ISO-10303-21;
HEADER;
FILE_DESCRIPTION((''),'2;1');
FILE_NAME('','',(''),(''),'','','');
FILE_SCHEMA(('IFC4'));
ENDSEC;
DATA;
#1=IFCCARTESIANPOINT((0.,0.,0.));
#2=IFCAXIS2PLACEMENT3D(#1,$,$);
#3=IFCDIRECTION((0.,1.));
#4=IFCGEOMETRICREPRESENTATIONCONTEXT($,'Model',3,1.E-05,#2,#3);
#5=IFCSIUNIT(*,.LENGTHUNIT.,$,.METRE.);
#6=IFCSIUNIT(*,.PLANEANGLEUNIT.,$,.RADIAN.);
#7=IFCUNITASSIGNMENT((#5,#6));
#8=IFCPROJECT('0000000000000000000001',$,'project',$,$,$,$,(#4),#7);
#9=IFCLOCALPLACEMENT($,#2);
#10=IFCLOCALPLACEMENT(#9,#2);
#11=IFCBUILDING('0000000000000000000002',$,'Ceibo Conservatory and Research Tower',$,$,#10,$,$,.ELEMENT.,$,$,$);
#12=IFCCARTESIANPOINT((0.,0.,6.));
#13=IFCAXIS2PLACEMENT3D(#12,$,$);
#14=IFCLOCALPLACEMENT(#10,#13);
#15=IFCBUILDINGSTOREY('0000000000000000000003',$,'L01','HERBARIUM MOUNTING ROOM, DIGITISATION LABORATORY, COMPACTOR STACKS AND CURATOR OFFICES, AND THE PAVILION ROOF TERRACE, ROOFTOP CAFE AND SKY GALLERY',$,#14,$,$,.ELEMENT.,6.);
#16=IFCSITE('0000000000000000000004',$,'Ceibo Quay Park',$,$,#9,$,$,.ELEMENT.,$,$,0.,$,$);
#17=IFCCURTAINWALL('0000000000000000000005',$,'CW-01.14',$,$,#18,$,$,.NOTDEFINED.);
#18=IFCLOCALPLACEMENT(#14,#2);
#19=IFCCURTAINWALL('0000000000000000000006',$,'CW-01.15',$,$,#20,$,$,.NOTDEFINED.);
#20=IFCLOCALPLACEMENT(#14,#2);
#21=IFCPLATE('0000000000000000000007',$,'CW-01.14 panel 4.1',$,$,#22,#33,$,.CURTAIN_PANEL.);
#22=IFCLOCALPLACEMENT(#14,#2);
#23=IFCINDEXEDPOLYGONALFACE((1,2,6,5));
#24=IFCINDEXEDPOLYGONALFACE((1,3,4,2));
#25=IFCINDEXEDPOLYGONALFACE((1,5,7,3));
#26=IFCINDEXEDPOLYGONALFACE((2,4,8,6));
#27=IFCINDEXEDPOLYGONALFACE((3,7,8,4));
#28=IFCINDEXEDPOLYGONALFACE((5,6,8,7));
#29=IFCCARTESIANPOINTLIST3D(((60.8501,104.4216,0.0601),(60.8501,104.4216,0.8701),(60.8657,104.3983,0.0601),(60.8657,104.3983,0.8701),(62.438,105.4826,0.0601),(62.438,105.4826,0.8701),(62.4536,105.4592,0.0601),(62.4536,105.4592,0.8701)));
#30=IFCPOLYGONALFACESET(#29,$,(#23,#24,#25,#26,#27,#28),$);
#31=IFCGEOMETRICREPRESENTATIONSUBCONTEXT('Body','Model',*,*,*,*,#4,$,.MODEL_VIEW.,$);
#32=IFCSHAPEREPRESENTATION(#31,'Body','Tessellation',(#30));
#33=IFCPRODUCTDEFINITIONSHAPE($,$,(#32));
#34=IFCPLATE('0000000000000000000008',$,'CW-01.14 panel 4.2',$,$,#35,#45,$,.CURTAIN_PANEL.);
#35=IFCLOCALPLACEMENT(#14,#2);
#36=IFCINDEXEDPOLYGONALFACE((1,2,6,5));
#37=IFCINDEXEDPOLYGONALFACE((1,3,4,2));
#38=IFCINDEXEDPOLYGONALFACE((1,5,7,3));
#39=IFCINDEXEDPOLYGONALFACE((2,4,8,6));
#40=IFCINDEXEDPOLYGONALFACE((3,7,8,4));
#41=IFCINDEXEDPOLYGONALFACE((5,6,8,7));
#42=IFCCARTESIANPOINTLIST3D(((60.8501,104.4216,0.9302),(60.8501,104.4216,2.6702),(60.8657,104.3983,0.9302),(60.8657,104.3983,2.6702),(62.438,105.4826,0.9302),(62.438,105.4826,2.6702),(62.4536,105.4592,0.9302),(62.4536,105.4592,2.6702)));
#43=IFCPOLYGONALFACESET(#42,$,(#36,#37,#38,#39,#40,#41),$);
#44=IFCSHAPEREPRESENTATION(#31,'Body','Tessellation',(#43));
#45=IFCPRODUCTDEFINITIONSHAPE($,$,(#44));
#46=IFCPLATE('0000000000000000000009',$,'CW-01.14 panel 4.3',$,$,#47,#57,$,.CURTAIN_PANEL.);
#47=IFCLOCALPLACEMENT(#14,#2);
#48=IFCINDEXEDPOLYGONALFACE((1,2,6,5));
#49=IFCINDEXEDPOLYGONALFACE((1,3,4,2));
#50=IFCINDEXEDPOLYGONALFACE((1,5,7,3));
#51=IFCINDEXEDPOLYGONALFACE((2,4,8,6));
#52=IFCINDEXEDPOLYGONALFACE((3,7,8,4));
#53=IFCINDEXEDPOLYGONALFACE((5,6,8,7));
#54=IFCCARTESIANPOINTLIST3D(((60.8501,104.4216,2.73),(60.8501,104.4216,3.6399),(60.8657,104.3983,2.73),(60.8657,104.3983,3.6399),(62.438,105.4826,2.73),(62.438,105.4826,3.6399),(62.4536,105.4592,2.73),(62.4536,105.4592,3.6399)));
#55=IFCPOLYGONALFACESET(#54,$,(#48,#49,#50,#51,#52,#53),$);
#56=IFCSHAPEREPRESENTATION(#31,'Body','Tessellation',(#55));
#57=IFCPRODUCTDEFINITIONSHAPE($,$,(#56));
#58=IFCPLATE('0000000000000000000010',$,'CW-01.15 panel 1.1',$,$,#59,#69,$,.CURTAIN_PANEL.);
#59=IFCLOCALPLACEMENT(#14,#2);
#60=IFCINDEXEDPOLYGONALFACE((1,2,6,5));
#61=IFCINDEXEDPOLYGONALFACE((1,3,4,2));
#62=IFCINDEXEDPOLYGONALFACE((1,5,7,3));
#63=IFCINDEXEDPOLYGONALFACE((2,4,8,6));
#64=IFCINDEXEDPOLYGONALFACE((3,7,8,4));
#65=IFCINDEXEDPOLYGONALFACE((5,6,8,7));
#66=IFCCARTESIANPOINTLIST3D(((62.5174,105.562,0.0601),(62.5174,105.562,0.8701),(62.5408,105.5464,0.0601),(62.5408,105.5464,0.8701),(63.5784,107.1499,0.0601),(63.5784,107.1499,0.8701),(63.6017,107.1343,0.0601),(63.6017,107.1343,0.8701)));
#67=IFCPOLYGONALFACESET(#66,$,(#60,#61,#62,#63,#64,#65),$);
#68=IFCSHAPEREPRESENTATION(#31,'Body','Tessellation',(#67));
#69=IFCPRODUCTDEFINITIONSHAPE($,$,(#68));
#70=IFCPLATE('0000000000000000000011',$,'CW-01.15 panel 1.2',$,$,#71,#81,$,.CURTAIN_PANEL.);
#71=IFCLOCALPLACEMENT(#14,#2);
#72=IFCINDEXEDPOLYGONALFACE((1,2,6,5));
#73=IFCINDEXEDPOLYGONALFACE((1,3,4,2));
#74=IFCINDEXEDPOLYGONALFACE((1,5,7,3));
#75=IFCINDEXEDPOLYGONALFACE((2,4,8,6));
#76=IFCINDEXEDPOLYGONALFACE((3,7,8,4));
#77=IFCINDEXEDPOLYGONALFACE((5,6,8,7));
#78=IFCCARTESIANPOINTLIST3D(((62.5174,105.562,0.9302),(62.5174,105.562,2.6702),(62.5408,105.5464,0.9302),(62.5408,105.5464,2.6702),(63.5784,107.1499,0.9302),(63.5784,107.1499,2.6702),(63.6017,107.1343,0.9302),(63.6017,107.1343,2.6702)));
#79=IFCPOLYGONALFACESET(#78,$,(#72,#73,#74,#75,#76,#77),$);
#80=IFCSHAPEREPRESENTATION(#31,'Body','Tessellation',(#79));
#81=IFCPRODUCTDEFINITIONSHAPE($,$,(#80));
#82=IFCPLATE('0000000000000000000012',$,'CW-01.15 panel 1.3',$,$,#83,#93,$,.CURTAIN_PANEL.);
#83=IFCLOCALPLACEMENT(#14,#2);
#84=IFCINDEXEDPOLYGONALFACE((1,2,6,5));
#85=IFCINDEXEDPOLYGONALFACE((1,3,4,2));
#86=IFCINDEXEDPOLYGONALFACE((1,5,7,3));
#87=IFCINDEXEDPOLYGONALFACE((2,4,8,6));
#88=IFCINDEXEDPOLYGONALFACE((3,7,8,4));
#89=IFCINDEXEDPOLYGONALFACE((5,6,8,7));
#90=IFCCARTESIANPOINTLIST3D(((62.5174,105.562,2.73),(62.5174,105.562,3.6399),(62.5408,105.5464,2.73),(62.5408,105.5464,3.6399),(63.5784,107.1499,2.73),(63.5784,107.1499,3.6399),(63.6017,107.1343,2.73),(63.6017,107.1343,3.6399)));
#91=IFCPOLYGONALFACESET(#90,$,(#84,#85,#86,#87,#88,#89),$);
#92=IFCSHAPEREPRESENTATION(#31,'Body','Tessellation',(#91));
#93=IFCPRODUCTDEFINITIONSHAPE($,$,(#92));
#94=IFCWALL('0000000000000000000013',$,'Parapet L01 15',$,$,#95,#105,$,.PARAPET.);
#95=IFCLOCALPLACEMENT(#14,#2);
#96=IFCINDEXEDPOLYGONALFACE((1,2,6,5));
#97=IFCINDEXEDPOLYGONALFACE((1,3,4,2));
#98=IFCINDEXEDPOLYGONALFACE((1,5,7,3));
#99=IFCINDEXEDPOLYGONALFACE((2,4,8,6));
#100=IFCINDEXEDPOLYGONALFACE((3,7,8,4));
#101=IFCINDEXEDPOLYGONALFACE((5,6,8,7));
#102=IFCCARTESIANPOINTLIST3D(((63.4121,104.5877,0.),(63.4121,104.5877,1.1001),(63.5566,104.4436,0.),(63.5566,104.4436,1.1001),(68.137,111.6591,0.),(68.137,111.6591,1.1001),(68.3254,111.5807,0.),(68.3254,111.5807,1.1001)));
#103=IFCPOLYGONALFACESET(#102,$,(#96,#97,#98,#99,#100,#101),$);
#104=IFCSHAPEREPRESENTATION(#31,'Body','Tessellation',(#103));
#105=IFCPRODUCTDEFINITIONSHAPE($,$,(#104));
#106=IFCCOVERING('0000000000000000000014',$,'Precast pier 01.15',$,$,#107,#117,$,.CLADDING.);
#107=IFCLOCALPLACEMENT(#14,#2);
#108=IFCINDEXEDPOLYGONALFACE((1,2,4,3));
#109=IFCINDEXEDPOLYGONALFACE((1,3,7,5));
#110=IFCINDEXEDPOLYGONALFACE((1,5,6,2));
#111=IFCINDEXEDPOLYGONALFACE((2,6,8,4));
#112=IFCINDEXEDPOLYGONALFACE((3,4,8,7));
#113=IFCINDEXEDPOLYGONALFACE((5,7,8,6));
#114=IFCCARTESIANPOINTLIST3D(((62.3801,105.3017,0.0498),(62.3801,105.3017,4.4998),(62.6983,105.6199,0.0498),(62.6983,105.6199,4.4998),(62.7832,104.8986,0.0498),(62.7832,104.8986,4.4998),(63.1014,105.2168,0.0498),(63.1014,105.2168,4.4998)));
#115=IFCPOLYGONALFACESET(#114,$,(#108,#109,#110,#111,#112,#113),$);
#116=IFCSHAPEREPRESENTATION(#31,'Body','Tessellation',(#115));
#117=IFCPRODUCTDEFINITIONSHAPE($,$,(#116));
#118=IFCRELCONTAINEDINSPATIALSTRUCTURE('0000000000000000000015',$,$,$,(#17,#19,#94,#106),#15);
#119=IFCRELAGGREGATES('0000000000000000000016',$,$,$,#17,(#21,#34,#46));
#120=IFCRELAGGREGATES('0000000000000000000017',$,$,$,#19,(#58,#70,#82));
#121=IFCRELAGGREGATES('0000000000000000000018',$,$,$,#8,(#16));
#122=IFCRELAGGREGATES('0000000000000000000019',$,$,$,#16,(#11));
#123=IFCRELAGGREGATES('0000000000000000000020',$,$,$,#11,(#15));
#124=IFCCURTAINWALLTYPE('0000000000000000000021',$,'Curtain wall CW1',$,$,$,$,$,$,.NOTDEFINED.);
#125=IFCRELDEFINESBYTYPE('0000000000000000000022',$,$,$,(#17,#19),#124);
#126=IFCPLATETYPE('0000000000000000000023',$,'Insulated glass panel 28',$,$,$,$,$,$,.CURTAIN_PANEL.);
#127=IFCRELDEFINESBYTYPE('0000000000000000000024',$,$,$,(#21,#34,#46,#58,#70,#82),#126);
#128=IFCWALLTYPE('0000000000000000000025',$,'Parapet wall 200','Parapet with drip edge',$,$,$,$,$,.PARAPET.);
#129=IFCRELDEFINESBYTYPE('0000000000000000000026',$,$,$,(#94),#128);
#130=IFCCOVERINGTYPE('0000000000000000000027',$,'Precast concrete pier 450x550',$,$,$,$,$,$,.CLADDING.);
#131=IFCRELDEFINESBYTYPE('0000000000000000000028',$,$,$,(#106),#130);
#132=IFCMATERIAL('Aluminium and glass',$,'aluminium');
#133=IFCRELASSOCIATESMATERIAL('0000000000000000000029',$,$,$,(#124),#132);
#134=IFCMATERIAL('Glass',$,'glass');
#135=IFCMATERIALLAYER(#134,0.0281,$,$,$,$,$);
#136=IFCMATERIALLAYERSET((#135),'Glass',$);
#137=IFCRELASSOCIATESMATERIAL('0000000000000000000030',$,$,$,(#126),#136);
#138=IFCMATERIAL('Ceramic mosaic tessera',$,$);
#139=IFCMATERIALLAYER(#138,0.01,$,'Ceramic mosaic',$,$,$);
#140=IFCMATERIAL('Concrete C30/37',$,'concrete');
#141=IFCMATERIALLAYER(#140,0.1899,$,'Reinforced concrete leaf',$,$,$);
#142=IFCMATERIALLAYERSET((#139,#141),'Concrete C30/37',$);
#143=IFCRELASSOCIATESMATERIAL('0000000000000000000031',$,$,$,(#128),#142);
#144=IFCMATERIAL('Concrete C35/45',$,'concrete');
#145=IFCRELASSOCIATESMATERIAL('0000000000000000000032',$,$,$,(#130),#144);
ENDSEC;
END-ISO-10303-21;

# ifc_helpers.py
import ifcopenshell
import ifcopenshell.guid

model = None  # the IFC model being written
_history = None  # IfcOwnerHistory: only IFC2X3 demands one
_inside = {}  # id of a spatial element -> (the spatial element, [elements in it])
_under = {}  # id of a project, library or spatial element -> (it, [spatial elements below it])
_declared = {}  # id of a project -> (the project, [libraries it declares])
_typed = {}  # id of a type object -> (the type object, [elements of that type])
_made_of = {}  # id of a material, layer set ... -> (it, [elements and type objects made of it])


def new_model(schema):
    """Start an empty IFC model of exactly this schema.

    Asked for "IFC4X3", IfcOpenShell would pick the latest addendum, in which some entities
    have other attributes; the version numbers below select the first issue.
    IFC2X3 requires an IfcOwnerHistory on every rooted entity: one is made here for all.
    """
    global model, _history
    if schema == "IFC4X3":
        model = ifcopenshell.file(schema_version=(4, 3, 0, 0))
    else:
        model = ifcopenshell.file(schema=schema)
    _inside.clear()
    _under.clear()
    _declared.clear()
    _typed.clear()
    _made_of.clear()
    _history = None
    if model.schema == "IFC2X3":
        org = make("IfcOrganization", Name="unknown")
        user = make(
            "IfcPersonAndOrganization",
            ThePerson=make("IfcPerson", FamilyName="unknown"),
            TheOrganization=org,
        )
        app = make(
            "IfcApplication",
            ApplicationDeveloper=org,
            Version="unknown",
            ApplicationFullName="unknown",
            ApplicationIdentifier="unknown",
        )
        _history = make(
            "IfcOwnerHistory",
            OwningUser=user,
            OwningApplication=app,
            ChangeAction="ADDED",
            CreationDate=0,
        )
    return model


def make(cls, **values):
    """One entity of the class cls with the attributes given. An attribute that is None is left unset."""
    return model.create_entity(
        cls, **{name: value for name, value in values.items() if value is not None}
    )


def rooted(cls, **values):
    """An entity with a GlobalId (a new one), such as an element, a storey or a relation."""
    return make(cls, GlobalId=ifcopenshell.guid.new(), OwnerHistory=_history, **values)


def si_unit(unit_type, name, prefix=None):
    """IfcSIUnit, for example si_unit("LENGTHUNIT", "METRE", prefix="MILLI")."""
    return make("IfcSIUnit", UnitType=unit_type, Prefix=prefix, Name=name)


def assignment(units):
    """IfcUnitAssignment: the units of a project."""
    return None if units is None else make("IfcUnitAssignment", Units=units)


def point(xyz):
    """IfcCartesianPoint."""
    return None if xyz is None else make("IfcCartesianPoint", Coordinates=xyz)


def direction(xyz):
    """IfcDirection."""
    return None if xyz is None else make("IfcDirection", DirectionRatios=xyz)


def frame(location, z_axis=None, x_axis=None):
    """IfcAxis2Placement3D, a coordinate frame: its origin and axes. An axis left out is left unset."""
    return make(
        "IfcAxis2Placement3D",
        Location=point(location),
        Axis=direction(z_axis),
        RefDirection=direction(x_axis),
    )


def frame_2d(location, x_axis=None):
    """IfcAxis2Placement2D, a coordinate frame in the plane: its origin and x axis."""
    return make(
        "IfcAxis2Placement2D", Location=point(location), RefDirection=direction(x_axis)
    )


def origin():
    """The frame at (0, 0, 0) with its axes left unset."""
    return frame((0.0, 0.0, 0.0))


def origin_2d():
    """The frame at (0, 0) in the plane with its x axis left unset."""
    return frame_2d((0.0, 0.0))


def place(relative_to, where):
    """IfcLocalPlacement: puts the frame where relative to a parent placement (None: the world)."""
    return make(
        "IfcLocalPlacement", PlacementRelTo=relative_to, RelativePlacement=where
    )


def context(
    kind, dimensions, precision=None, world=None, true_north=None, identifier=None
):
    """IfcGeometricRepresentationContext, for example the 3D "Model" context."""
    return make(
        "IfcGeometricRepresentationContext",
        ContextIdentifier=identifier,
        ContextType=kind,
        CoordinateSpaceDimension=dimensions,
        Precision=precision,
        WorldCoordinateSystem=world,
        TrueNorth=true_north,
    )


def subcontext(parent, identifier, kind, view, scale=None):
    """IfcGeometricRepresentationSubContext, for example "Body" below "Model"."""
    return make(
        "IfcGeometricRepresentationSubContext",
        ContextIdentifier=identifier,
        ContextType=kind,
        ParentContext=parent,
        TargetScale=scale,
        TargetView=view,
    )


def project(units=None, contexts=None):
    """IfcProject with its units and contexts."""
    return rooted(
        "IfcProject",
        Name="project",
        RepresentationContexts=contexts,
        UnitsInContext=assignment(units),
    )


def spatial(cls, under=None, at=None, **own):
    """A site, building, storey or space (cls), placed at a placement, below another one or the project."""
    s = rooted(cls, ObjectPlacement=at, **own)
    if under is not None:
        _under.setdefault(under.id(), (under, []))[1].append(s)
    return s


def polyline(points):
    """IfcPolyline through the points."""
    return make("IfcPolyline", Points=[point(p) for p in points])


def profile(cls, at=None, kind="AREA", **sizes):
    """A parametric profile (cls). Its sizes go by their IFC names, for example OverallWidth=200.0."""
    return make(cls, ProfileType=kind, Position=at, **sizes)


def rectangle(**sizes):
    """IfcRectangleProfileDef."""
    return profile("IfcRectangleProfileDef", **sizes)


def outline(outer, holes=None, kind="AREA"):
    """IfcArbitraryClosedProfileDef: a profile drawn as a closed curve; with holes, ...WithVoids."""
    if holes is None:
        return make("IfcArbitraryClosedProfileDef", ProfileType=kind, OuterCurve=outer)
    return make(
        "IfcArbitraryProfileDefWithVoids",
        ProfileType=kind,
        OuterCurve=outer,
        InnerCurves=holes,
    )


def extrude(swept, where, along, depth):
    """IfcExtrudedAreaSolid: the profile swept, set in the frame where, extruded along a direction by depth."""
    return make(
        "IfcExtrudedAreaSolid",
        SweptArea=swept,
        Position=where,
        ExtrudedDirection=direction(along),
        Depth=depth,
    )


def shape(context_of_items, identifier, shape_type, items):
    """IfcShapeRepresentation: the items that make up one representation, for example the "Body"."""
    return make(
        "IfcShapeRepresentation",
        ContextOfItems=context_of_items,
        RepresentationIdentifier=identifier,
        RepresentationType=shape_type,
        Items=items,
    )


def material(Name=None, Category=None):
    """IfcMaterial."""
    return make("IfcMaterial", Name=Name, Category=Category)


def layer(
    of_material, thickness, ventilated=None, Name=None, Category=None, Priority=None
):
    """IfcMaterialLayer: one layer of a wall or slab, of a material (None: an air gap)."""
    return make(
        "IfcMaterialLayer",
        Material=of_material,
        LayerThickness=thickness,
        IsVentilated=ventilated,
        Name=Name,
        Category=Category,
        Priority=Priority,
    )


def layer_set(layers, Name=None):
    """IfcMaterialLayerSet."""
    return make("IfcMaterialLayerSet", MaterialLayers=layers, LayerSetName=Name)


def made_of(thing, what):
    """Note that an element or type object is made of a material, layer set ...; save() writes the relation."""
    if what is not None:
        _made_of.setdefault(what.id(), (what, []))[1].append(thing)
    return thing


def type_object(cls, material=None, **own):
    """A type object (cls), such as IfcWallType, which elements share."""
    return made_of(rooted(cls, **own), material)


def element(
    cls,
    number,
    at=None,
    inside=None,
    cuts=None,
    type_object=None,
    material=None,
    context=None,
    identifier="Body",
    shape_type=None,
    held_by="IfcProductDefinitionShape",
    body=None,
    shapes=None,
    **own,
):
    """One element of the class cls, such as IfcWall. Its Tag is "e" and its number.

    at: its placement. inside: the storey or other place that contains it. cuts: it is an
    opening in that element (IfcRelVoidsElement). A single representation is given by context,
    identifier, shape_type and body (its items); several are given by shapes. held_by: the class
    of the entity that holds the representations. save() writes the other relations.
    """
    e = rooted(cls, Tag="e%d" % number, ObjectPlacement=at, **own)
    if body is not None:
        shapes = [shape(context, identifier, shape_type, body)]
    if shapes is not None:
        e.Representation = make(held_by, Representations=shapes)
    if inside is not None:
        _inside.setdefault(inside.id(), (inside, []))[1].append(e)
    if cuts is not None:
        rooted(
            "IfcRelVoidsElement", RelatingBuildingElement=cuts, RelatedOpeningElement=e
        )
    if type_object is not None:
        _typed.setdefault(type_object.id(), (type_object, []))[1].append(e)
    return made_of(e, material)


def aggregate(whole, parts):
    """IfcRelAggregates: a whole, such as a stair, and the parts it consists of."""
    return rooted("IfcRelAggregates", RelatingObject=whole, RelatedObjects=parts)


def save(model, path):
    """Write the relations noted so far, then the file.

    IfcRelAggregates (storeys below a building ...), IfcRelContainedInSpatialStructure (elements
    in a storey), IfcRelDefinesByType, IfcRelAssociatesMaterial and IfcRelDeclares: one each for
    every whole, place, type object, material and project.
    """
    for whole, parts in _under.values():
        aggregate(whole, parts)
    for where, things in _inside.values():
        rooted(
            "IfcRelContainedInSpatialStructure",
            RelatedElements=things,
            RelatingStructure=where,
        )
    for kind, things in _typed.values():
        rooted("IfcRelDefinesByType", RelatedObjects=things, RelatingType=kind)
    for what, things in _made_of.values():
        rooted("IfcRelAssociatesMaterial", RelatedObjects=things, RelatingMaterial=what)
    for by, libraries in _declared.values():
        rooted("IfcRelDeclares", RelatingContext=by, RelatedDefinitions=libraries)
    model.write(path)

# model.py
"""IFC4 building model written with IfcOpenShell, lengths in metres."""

from ifc_helpers import new_model, si_unit, direction, frame, origin, origin_2d, place, context, subcontext, project, spatial, polyline, rectangle, outline, extrude, material, layer, layer_set, type_object, element, aggregate, save


model = new_model("IFC4")

# Units and contexts
model_context = context("Model", 3, precision=1e-05, world=origin(), true_north=direction((0.0, 1.0)))
body_context = subcontext(model_context, "Body", "Model", "MODEL_VIEW")
ifc_project = project(units=[si_unit("LENGTHUNIT", "METRE"), si_unit("PLANEANGLEUNIT", "RADIAN")], contexts=[model_context])

# Site, building, storey
site_placement = place(None, origin())
site = spatial("IfcSite", under=ifc_project, at=site_placement, Name="Ceibo Quay Park", CompositionType="ELEMENT", RefElevation=0.0)
building_placement = place(site_placement, origin())
building = spatial("IfcBuilding", under=site, at=building_placement, Name="Ceibo Conservatory and Research Tower", CompositionType="ELEMENT")
storey_placement = place(building_placement, frame((0.0, 0.0, 6.0)))
storey = spatial("IfcBuildingStorey", under=building, at=storey_placement, Name="L01", Description="HERBARIUM MOUNTING ROOM, DIGITISATION LABORATORY, COMPACTOR STACKS AND CURATOR OFFICES, AND THE PAVILION ROOF TERRACE, ROOFTOP CAFE AND SKY GALLERY", CompositionType="ELEMENT", Elevation=6.0)

# Curtain walls
ifc_material_1 = material(Name="Aluminium and glass", Category="aluminium")
curtain_wall_type = type_object("IfcCurtainWallType", Name="Curtain wall CW1", PredefinedType="NOTDEFINED", material=ifc_material_1)
curtain_wall_1_placement = place(storey_placement, origin())
curtain_wall_1 = element("IfcCurtainWall", 1, at=curtain_wall_1_placement, inside=storey, type_object=curtain_wall_type, Name="CW-01.14", PredefinedType="NOTDEFINED")
curtain_wall_2_placement = place(storey_placement, origin())
curtain_wall_2 = element("IfcCurtainWall", 2, at=curtain_wall_2_placement, inside=storey, type_object=curtain_wall_type, Name="CW-01.15", PredefinedType="NOTDEFINED")

# Shared definitions
ifc_material_2 = material(Name="Concrete C35/45", Category="concrete")

# Plates
ifc_material_3 = material(Name="Glass", Category="glass")
ifc_layer_1 = layer(ifc_material_3, 0.0281)
ifc_layer_set_1 = layer_set([ifc_layer_1], Name="Glass")
plate_type = type_object("IfcPlateType", Name="Insulated glass panel 28", PredefinedType="CURTAIN_PANEL", material=ifc_layer_set_1)
plate_1_placement = place(storey_placement, frame((61.6519, 104.9404, 0.0601), z_axis=(0.0, 0.0, 1.0), x_axis=(0.83147, 0.55557, 0.0)))
plate_1 = element("IfcPlate", 3, at=plate_1_placement, type_object=plate_type, Name="CW-01.14 panel 4.1", PredefinedType="CURTAIN_PANEL", context=body_context, shape_type="SweptSolid", body=[
    extrude(rectangle(XDim=1.9097, YDim=0.0281, at=origin_2d()), origin(), (0.0, 0.0, 1.0), 0.8101),
])
plate_2_placement = place(storey_placement, frame((61.6519, 104.9404, 0.9302), z_axis=(0.0, 0.0, 1.0), x_axis=(0.83147, 0.55557, 0.0)))
plate_2 = element("IfcPlate", 4, at=plate_2_placement, type_object=plate_type, Name="CW-01.14 panel 4.2", PredefinedType="CURTAIN_PANEL", context=body_context, shape_type="SweptSolid", body=[
    extrude(rectangle(XDim=1.9097, YDim=0.0281, at=origin_2d()), origin(), (0.0, 0.0, 1.0), 1.74),
])
plate_3_placement = place(storey_placement, frame((61.6519, 104.9404, 2.73), z_axis=(0.0, 0.0, 1.0), x_axis=(0.83147, 0.55557, 0.0)))
plate_3 = element("IfcPlate", 5, at=plate_3_placement, type_object=plate_type, Name="CW-01.14 panel 4.3", PredefinedType="CURTAIN_PANEL", context=body_context, shape_type="SweptSolid", body=[
    extrude(rectangle(XDim=1.9097, YDim=0.0281, at=origin_2d()), origin(), (0.0, 0.0, 1.0), 0.9099),
])
aggregate(curtain_wall_1, [plate_1, plate_2, plate_3])
plate_4_placement = place(storey_placement, frame((63.0596, 106.3481, 0.0601), z_axis=(0.0, 0.0, 1.0), x_axis=(0.55557, 0.83147, 0.0)))
plate_4 = element("IfcPlate", 6, at=plate_4_placement, type_object=plate_type, Name="CW-01.15 panel 1.1", PredefinedType="CURTAIN_PANEL", context=body_context, shape_type="SweptSolid", body=[
    extrude(rectangle(XDim=1.9097, YDim=0.0281, at=origin_2d()), origin(), (0.0, 0.0, 1.0), 0.8101),
])
plate_5_placement = place(storey_placement, frame((63.0596, 106.3481, 0.9302), z_axis=(0.0, 0.0, 1.0), x_axis=(0.55557, 0.83147, 0.0)))
plate_5 = element("IfcPlate", 7, at=plate_5_placement, type_object=plate_type, Name="CW-01.15 panel 1.2", PredefinedType="CURTAIN_PANEL", context=body_context, shape_type="SweptSolid", body=[
    extrude(rectangle(XDim=1.9097, YDim=0.0281, at=origin_2d()), origin(), (0.0, 0.0, 1.0), 1.74),
])
plate_6_placement = place(storey_placement, frame((63.0596, 106.3481, 2.73), z_axis=(0.0, 0.0, 1.0), x_axis=(0.55557, 0.83147, 0.0)))
plate_6 = element("IfcPlate", 8, at=plate_6_placement, type_object=plate_type, Name="CW-01.15 panel 1.3", PredefinedType="CURTAIN_PANEL", context=body_context, shape_type="SweptSolid", body=[
    extrude(rectangle(XDim=1.9097, YDim=0.0281, at=origin_2d()), origin(), (0.0, 0.0, 1.0), 0.9099),
])
aggregate(curtain_wall_2, [plate_4, plate_5, plate_6])

# Wall
ifc_material_4 = material(Name="Ceramic mosaic tessera")
ifc_layer_2 = layer(ifc_material_4, 0.01, Name="Ceramic mosaic")
ifc_material_5 = material(Name="Concrete C30/37", Category="concrete")
ifc_layer_3 = layer(ifc_material_5, 0.1899, Name="Reinforced concrete leaf")
ifc_layer_set_2 = layer_set([ifc_layer_2, ifc_layer_3], Name="Concrete C30/37")
wall_type = type_object("IfcWallType", Name="Parapet wall 200", Description="Parapet with drip edge", PredefinedType="PARAPET", material=ifc_layer_set_2)
wall_placement = place(storey_placement, frame((63.4844, 104.5156, 0.0), z_axis=(0.0, 0.0, 1.0), x_axis=(0.555564, 0.831474, 0.0)))
element("IfcWall", 9, at=wall_placement, inside=storey, type_object=wall_type, Name="Parapet L01 15", PredefinedType="PARAPET", context=body_context, shape_type="SweptSolid", body=[
    extrude(outline(polyline([(-0.0198, -0.1001), (8.564, -0.1001), (8.5244, 0.1001), (0.0198, 0.1001), (-0.0198, -0.1001)])), origin(), (0.0, 0.0, 1.0), 1.1001),
])

# Covering
covering_type = type_object("IfcCoveringType", Name="Precast concrete pier 450x550", PredefinedType="CLADDING", material=ifc_material_2)
covering_placement = place(storey_placement, frame((62.7407, 105.2593, 0.0498), z_axis=(0.0, 0.0, 1.0), x_axis=(0.707107, -0.707107, 0.0)))
element("IfcCovering", 10, at=covering_placement, inside=storey, type_object=covering_type, Name="Precast pier 01.15", PredefinedType="CLADDING", context=body_context, shape_type="SweptSolid", body=[
    extrude(rectangle(XDim=0.5701, YDim=0.45, at=origin_2d()), origin(), (0.0, 0.0, 1.0), 4.45),
])

save(model, "model.ifc")
